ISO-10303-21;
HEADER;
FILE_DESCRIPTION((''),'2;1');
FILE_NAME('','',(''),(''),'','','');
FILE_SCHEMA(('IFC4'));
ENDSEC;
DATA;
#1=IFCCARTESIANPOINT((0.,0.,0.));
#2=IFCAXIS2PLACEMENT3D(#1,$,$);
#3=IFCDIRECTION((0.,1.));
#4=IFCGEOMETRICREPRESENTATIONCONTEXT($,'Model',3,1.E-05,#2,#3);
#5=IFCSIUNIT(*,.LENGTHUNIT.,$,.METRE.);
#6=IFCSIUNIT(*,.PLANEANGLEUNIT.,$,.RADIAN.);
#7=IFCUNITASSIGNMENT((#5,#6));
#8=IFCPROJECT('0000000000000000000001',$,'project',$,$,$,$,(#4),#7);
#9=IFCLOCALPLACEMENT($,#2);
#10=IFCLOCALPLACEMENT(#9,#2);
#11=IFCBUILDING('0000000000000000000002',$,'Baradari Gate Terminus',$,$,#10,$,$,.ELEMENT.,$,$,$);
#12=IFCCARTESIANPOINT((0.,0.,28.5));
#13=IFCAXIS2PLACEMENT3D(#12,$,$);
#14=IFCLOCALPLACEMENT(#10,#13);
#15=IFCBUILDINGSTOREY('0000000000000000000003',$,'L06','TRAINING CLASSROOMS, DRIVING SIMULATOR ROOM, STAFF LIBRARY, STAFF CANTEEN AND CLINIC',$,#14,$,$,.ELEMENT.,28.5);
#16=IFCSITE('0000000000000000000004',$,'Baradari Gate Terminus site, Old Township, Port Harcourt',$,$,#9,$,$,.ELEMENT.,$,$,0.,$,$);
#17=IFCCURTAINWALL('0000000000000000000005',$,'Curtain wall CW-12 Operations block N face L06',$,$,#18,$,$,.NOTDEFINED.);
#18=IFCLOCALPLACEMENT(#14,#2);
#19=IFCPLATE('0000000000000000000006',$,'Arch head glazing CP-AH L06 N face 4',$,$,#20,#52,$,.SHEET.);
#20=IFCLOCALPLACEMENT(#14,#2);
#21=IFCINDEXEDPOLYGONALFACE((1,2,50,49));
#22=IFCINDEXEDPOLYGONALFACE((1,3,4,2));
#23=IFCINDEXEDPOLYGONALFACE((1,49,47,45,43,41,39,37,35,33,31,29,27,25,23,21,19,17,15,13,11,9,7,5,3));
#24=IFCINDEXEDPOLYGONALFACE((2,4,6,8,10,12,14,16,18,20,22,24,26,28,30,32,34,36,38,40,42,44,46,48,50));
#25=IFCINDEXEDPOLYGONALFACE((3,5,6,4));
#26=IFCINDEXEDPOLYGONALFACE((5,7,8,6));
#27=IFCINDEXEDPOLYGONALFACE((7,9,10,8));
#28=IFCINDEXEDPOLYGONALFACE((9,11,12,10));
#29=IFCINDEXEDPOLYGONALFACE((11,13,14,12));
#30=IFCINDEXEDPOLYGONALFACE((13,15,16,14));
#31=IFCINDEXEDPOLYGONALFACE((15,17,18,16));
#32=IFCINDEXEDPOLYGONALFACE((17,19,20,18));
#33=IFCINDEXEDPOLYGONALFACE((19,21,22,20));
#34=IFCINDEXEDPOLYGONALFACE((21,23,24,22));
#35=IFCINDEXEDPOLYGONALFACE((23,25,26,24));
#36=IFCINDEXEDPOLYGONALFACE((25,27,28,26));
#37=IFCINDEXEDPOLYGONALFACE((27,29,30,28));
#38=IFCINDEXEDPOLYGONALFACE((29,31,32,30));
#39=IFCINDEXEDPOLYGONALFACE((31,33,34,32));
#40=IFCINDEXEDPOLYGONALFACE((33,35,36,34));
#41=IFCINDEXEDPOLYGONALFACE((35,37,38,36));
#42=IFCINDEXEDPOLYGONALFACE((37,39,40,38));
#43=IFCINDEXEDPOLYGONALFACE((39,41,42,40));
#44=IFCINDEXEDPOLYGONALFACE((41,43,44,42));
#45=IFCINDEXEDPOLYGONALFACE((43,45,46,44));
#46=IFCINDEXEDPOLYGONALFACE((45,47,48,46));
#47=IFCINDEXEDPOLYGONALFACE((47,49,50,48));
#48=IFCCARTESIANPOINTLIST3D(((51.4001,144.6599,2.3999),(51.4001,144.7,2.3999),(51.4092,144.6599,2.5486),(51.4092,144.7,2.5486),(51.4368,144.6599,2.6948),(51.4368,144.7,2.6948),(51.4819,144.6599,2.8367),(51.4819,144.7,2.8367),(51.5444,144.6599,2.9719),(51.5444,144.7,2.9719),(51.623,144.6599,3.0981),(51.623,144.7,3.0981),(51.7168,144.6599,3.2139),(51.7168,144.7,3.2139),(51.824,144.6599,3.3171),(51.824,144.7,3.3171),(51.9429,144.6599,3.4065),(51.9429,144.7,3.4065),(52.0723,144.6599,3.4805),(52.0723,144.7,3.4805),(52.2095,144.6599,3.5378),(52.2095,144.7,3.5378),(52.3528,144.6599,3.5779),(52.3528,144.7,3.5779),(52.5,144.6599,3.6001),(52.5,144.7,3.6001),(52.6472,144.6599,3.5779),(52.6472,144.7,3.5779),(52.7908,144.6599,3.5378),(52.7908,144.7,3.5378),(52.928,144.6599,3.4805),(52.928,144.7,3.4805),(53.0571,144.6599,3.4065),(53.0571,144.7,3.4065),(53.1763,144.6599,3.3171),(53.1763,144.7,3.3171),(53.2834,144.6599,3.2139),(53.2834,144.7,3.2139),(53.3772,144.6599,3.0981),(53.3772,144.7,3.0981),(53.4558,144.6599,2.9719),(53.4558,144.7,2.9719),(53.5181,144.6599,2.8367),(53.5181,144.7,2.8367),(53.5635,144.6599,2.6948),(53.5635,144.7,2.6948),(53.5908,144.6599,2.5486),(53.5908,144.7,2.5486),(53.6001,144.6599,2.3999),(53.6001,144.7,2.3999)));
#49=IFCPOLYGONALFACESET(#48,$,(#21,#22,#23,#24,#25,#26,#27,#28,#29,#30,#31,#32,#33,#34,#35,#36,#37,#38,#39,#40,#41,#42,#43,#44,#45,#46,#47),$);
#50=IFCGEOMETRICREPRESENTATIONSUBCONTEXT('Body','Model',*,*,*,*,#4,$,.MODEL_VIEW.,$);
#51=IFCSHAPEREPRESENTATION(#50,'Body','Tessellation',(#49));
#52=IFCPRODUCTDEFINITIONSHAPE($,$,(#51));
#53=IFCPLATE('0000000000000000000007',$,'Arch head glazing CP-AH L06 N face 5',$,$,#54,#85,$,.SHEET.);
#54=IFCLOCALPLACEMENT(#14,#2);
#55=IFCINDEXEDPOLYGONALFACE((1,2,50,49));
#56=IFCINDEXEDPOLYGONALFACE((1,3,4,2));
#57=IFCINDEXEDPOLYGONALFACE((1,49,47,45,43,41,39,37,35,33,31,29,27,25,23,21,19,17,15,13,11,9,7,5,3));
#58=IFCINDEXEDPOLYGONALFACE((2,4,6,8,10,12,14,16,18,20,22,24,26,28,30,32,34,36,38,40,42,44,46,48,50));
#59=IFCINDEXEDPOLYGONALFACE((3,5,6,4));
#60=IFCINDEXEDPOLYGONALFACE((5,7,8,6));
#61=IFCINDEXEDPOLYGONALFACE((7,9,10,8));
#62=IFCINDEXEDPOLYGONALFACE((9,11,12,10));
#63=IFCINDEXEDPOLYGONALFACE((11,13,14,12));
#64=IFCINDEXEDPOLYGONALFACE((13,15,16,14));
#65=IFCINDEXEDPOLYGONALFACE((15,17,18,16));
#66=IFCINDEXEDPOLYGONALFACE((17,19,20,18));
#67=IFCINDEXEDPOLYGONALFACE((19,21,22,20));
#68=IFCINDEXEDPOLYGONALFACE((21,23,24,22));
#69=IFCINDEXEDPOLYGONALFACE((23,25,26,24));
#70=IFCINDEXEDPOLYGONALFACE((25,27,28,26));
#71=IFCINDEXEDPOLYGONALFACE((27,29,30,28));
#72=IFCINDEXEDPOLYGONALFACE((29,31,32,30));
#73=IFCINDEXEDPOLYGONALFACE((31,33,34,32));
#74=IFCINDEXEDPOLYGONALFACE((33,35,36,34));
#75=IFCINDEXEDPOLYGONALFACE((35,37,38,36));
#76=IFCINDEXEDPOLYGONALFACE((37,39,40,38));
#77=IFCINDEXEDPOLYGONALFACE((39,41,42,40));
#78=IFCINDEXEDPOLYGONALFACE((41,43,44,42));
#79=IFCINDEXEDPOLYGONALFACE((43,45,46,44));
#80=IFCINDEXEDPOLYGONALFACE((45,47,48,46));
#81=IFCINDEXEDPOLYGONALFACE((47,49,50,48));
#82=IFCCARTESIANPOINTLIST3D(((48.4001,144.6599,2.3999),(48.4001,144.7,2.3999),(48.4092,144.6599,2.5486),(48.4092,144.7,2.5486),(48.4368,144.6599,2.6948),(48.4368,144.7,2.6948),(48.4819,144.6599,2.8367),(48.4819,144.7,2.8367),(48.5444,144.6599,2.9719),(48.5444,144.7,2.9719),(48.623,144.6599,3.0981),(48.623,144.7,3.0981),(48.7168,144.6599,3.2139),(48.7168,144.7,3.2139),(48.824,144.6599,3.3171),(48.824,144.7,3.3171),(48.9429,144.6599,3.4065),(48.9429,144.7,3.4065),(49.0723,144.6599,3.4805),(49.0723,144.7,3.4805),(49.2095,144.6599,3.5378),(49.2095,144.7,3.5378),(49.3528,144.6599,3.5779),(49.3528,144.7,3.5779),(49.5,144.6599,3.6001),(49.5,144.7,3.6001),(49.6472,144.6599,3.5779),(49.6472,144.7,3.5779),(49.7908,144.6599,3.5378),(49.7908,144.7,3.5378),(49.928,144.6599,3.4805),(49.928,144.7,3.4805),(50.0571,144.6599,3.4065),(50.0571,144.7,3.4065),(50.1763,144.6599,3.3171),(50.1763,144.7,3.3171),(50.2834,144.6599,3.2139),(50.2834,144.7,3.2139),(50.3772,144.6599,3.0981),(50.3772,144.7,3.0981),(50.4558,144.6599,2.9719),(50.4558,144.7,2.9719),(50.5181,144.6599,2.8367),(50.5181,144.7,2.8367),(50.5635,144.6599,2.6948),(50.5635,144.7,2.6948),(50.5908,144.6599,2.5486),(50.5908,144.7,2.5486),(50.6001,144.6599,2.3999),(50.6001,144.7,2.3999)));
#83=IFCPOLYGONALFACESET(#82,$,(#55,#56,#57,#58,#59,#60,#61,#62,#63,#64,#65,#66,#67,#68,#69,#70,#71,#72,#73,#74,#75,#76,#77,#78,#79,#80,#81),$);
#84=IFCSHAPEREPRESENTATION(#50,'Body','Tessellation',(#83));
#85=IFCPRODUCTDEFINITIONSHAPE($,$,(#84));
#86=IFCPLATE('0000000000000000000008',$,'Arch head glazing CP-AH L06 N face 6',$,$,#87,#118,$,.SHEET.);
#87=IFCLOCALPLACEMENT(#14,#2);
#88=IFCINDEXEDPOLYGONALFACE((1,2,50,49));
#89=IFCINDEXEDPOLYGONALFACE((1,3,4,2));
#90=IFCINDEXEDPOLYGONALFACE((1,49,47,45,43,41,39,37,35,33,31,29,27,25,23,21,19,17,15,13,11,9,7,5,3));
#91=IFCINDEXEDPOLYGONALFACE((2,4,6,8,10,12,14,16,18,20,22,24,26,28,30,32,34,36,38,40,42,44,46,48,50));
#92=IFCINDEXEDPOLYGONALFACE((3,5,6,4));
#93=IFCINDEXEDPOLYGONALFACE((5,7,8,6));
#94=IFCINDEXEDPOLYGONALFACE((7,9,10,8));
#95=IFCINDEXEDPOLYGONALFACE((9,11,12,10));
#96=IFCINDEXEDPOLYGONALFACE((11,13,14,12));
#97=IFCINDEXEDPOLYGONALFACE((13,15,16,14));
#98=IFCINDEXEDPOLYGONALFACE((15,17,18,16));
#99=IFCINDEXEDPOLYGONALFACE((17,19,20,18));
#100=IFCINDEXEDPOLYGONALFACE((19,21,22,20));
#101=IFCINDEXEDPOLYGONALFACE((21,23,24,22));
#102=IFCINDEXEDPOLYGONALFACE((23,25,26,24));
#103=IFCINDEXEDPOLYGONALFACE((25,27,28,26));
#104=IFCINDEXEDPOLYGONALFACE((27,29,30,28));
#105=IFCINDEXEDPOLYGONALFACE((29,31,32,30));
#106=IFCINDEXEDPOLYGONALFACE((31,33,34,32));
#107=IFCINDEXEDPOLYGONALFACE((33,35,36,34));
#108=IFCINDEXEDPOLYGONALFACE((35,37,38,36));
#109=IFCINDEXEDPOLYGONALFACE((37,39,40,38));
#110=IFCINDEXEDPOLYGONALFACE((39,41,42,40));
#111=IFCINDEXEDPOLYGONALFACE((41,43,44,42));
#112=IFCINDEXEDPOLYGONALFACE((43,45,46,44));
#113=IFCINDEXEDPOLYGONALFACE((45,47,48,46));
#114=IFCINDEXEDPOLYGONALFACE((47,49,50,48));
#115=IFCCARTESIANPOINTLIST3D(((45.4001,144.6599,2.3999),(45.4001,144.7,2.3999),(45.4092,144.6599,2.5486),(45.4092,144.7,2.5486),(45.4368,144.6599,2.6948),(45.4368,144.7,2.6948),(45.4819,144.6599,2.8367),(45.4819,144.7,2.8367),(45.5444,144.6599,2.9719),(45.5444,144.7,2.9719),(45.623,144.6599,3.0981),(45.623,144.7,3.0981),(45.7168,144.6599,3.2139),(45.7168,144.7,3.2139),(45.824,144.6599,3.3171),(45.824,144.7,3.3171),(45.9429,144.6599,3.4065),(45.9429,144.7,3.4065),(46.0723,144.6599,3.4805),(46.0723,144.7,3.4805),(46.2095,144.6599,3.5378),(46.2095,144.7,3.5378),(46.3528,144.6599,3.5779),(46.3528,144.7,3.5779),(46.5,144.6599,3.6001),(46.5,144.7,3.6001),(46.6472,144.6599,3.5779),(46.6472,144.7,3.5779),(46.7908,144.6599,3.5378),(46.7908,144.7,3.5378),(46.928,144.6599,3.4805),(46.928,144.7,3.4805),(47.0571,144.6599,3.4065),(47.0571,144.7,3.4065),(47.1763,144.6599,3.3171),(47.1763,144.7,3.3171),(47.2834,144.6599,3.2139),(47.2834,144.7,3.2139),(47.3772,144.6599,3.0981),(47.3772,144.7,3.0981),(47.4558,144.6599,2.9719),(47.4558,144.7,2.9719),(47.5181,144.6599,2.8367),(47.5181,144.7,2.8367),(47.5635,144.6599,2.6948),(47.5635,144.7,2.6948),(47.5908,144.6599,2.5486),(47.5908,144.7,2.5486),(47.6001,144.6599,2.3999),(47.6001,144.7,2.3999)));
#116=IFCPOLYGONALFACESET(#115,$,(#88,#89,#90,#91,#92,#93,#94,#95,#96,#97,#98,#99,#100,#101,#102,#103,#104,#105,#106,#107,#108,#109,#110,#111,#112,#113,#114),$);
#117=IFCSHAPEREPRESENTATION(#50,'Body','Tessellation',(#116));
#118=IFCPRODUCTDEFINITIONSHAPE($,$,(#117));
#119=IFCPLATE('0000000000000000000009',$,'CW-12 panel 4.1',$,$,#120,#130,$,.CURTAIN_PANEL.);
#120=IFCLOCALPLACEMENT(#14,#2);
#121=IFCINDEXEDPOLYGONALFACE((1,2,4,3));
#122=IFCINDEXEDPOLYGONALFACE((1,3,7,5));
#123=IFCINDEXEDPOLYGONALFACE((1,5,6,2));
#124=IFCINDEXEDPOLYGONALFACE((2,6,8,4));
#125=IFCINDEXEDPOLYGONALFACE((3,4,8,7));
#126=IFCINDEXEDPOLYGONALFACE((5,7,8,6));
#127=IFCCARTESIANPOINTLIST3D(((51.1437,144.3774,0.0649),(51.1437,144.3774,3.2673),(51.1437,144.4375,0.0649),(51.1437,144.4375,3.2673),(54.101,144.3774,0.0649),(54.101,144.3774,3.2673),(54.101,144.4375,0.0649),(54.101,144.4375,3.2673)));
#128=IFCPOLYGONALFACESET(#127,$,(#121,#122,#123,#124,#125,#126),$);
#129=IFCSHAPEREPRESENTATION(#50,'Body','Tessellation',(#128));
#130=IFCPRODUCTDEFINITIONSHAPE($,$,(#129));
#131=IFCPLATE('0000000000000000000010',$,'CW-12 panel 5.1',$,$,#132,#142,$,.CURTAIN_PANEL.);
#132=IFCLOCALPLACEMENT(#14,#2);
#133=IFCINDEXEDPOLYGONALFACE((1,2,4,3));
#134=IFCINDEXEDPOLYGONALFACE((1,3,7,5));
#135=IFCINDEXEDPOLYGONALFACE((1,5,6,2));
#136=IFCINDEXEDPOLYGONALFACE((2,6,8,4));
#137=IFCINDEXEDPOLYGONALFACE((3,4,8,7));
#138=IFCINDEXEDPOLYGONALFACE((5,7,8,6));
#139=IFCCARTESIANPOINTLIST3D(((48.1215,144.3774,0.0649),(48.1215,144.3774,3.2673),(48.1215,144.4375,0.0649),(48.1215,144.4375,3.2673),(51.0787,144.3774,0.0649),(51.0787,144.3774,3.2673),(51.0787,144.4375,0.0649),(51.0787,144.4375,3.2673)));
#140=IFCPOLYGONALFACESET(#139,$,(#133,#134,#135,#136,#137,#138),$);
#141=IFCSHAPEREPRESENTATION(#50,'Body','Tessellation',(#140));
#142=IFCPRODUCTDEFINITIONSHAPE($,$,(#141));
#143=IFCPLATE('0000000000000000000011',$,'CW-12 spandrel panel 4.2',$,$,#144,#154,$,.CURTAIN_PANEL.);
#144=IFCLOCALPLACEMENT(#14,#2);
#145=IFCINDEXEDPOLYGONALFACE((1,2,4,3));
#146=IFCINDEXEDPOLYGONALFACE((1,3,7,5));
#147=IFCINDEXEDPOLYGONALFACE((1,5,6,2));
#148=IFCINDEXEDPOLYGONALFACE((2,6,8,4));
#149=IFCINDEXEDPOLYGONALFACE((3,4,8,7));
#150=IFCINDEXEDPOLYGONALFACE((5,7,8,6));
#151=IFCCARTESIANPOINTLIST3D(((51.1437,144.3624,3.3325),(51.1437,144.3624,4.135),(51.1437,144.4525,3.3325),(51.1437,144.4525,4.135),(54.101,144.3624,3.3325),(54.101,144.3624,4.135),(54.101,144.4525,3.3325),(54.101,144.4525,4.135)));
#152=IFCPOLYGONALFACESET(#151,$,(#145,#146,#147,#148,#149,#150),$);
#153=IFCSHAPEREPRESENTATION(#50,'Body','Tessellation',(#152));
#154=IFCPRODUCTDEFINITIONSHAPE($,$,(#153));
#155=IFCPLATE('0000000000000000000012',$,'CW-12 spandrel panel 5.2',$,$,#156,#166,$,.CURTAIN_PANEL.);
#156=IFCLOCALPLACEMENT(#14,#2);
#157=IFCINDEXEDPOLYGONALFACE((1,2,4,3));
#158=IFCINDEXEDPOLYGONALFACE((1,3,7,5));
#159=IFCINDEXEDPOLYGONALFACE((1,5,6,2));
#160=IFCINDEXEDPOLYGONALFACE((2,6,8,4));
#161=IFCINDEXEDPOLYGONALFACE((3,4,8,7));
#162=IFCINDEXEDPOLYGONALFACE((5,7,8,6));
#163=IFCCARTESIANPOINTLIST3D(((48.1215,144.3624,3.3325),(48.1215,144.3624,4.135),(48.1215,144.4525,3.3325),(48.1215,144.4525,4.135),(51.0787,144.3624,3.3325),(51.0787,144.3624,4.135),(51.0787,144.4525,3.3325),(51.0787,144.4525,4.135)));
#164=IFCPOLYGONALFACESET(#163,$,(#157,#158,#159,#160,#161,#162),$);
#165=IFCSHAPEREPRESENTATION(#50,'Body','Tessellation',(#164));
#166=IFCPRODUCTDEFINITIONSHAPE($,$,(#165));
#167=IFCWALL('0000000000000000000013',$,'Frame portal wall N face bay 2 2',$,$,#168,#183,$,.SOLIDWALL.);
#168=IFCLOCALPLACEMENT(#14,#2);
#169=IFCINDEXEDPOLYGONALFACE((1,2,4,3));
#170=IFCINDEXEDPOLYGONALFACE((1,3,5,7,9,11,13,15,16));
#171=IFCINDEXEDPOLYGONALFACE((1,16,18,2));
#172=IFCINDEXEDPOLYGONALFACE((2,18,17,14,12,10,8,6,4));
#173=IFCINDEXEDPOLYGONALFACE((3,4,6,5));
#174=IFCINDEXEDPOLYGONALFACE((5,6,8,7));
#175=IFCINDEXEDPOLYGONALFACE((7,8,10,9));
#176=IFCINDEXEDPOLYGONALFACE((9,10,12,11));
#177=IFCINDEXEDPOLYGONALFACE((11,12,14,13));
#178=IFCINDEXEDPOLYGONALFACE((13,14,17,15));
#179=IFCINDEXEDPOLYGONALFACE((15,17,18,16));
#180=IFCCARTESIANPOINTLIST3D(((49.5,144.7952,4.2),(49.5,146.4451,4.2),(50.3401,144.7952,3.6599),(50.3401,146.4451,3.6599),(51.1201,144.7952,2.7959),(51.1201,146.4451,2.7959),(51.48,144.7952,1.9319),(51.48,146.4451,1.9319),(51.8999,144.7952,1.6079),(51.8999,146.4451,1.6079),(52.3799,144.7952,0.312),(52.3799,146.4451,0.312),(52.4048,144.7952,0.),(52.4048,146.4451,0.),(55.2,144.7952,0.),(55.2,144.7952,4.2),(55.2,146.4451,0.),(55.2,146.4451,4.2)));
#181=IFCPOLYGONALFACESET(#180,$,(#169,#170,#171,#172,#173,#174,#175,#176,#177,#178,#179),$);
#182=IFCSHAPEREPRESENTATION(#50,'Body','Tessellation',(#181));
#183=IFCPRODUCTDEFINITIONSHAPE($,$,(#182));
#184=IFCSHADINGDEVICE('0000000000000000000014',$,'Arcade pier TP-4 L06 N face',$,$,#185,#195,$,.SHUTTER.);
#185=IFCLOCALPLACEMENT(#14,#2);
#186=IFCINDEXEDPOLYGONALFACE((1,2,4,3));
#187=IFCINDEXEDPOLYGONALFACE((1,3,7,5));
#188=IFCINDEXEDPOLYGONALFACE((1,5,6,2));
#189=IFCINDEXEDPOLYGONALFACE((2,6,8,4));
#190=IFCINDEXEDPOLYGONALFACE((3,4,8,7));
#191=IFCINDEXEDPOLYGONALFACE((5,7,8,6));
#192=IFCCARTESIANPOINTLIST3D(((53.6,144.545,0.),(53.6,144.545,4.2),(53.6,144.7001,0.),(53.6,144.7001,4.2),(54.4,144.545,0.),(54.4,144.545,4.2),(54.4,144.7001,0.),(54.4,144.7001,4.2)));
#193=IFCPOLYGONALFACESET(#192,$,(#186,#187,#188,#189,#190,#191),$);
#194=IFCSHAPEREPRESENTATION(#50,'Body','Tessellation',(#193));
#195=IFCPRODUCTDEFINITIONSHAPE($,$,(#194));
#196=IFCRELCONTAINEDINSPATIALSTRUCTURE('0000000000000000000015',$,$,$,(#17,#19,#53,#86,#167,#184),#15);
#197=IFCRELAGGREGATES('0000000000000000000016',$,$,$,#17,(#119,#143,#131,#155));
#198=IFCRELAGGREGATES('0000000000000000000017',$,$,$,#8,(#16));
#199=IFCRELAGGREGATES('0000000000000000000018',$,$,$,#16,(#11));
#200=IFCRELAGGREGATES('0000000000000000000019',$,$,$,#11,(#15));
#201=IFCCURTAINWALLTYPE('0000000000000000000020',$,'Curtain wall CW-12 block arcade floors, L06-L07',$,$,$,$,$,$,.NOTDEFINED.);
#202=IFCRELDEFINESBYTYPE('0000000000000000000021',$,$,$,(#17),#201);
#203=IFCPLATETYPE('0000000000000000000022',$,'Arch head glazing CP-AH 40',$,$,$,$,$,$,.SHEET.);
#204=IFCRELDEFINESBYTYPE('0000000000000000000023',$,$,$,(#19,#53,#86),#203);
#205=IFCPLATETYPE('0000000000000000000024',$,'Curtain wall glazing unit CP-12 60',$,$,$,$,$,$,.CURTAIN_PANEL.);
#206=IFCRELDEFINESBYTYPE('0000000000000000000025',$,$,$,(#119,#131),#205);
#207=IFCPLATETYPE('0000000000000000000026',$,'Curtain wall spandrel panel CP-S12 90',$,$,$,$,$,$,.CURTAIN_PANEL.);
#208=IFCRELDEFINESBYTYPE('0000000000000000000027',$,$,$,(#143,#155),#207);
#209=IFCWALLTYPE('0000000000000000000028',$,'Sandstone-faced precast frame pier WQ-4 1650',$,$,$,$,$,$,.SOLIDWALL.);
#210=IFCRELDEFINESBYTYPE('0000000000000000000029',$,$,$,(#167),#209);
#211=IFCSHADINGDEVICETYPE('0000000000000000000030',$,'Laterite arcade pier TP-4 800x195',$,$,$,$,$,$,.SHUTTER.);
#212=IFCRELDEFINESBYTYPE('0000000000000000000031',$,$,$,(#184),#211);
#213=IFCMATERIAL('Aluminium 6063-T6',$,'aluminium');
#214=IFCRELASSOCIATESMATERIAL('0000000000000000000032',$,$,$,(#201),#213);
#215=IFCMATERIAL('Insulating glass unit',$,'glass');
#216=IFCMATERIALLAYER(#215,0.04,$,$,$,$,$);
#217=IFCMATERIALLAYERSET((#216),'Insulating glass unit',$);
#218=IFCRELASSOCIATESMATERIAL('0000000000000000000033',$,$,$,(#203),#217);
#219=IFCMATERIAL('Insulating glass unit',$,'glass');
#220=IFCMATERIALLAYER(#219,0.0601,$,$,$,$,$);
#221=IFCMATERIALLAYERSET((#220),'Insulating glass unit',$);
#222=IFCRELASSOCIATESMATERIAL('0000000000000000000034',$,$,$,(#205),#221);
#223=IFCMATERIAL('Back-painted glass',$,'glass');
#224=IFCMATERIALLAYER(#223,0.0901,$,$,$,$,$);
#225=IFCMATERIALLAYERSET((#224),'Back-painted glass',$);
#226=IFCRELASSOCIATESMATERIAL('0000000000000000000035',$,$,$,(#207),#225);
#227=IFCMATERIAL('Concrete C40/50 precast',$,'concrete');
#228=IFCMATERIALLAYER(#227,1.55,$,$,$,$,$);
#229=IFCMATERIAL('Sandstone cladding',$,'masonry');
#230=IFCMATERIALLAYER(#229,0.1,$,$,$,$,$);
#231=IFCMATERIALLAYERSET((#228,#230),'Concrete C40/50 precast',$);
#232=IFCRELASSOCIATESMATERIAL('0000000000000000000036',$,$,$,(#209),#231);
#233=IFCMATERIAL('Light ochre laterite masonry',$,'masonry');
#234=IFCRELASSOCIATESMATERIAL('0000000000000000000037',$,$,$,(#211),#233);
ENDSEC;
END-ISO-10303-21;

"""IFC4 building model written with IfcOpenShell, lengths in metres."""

from ifc_helpers import new_model, si_unit, direction, frame, origin, origin_2d, place, context, subcontext, project, spatial, polyline, rectangle, outline, extrude, material, layer, layer_set, type_object, element, aggregate, save


model = new_model("IFC4")

# Units and contexts
model_context = context("Model", 3, precision=1e-05, world=origin(), true_north=direction((0.0, 1.0)))
body_context = subcontext(model_context, "Body", "Model", "MODEL_VIEW")
ifc_project = project(units=[si_unit("LENGTHUNIT", "METRE"), si_unit("PLANEANGLEUNIT", "RADIAN")], contexts=[model_context])

# Site, building, storey
site_placement = place(None, origin())
site = spatial("IfcSite", under=ifc_project, at=site_placement, Name="Baradari Gate Terminus site, Old Township, Port Harcourt", CompositionType="ELEMENT", RefElevation=0.0)
building_placement = place(site_placement, origin())
building = spatial("IfcBuilding", under=site, at=building_placement, Name="Baradari Gate Terminus", CompositionType="ELEMENT")
storey_placement = place(building_placement, frame((0.0, 0.0, 28.5)))
storey = spatial("IfcBuildingStorey", under=building, at=storey_placement, Name="L06", Description="TRAINING CLASSROOMS, DRIVING SIMULATOR ROOM, STAFF LIBRARY, STAFF CANTEEN AND CLINIC", CompositionType="ELEMENT", Elevation=28.5)

# Curtain wall
ifc_material_1 = material(Name="Aluminium 6063-T6", Category="aluminium")
curtain_wall_type = type_object("IfcCurtainWallType", Name="Curtain wall CW-12 block arcade floors, L06-L07", PredefinedType="NOTDEFINED", material=ifc_material_1)
curtain_wall_placement = place(storey_placement, origin())
curtain_wall = element("IfcCurtainWall", 1, at=curtain_wall_placement, inside=storey, type_object=curtain_wall_type, Name="Curtain wall CW-12 Operations block N face L06", PredefinedType="NOTDEFINED")

# Plates
ifc_material_2 = material(Name="Insulating glass unit", Category="glass")
ifc_layer_1 = layer(ifc_material_2, 0.04)
ifc_layer_set_1 = layer_set([ifc_layer_1], Name="Insulating glass unit")
plate_type_1 = type_object("IfcPlateType", Name="Arch head glazing CP-AH 40", PredefinedType="SHEET", material=ifc_layer_set_1)
for number, where, z_axis, x_axis, name in (
    (2, (53.6001, 144.6799, 2.3999), (0.0, 0.0, 1.0), (-1.0, 0.0, 0.0), "Arch head glazing CP-AH L06 N face 4"),
    (3, (50.6001, 144.6799, 2.3999), (0.0, 0.0, 1.0), (-1.0, 0.0, 0.0), "Arch head glazing CP-AH L06 N face 5"),
    (4, (47.6001, 144.6799, 2.3999), (0.0, 0.0, 1.0), (-1.0, 0.0, 0.0), "Arch head glazing CP-AH L06 N face 6"),
):
    element("IfcPlate", number, at=place(storey_placement, frame(where, z_axis=z_axis, x_axis=x_axis)), inside=storey, type_object=plate_type_1, Name=name, PredefinedType="SHEET", context=body_context, shape_type="SweptSolid", body=[
        extrude(outline(polyline([(0.0, 0.0), (2.2, 0.0), (2.1909, 0.1487), (2.1633, 0.2949), (2.1182, 0.4368), (2.0557, 0.572), (1.9771, 0.6982), (1.8833, 0.814), (1.7761, 0.9172), (1.6572, 1.0066), (1.5278, 1.0806), (1.3906, 1.1379), (1.2473, 1.178), (1.1001, 1.2002), (0.9529, 1.178), (0.8093, 1.1379), (0.6721, 1.0806), (0.543, 1.0066), (0.4238, 0.9172), (0.3167, 0.814), (0.2229, 0.6982), (0.1443, 0.572), (0.082, 0.4368), (0.0366, 0.2949), (0.0093, 0.1487), (0.0, 0.0)])), frame((0.0, 0.02, 0.0), z_axis=(0.0, -1.0, 0.0), x_axis=(1.0, 0.0, 0.0)), (0.0, 0.0, 1.0), 0.04),
    ])

# Plates
ifc_material_3 = material(Name="Insulating glass unit", Category="glass")
ifc_layer_2 = layer(ifc_material_3, 0.0601)
ifc_layer_set_2 = layer_set([ifc_layer_2], Name="Insulating glass unit")
plate_type_2 = type_object("IfcPlateType", Name="Curtain wall glazing unit CP-12 60", PredefinedType="CURTAIN_PANEL", material=ifc_layer_set_2)
plate_1_placement = place(storey_placement, frame((52.6223, 144.4075, 0.0649), z_axis=(0.0, 0.0, 1.0), x_axis=(-1.0, 0.0, 0.0)))
plate_1 = element("IfcPlate", 5, at=plate_1_placement, type_object=plate_type_2, Name="CW-12 panel 4.1", PredefinedType="CURTAIN_PANEL", context=body_context, shape_type="SweptSolid", body=[
    extrude(rectangle(XDim=2.9573, YDim=0.0601, at=origin_2d()), origin(), (0.0, 0.0, 1.0), 3.2024),
])
plate_2_placement = place(storey_placement, frame((49.6001, 144.4075, 0.0649), z_axis=(0.0, 0.0, 1.0), x_axis=(-1.0, 0.0, 0.0)))
plate_2 = element("IfcPlate", 6, at=plate_2_placement, type_object=plate_type_2, Name="CW-12 panel 5.1", PredefinedType="CURTAIN_PANEL", context=body_context, shape_type="SweptSolid", body=[
    extrude(rectangle(XDim=2.9573, YDim=0.0601, at=origin_2d()), origin(), (0.0, 0.0, 1.0), 3.2024),
])
ifc_material_4 = material(Name="Back-painted glass", Category="glass")
ifc_layer_3 = layer(ifc_material_4, 0.0901)
ifc_layer_set_3 = layer_set([ifc_layer_3], Name="Back-painted glass")
plate_type_3 = type_object("IfcPlateType", Name="Curtain wall spandrel panel CP-S12 90", PredefinedType="CURTAIN_PANEL", material=ifc_layer_set_3)
plate_3_placement = place(storey_placement, frame((52.6223, 144.4075, 3.3325), z_axis=(0.0, 0.0, 1.0), x_axis=(-1.0, 0.0, 0.0)))
plate_3 = element("IfcPlate", 7, at=plate_3_placement, type_object=plate_type_3, Name="CW-12 spandrel panel 4.2", PredefinedType="CURTAIN_PANEL", context=body_context, shape_type="SweptSolid", body=[
    extrude(rectangle(XDim=2.9573, YDim=0.0901, at=origin_2d()), origin(), (0.0, 0.0, 1.0), 0.8025),
])
plate_4_placement = place(storey_placement, frame((49.6001, 144.4075, 3.3325), z_axis=(0.0, 0.0, 1.0), x_axis=(-1.0, 0.0, 0.0)))
plate_4 = element("IfcPlate", 8, at=plate_4_placement, type_object=plate_type_3, Name="CW-12 spandrel panel 5.2", PredefinedType="CURTAIN_PANEL", context=body_context, shape_type="SweptSolid", body=[
    extrude(rectangle(XDim=2.9573, YDim=0.0901, at=origin_2d()), origin(), (0.0, 0.0, 1.0), 0.8025),
])
aggregate(curtain_wall, [plate_1, plate_3, plate_2, plate_4])

# Wall
ifc_material_5 = material(Name="Concrete C40/50 precast", Category="concrete")
ifc_layer_4 = layer(ifc_material_5, 1.55)
ifc_material_6 = material(Name="Sandstone cladding", Category="masonry")
ifc_layer_5 = layer(ifc_material_6, 0.1)
ifc_layer_set_4 = layer_set([ifc_layer_4, ifc_layer_5], Name="Concrete C40/50 precast")
wall_type = type_object("IfcWallType", Name="Sandstone-faced precast frame pier WQ-4 1650", PredefinedType="SOLIDWALL", material=ifc_layer_set_4)
wall_placement = place(storey_placement, frame((49.5, 145.6201, 0.0), z_axis=(0.0, 0.0, 1.0), x_axis=(1.0, 0.0, 0.0)))
element("IfcWall", 9, at=wall_placement, inside=storey, type_object=wall_type, Name="Frame portal wall N face bay 2 2", PredefinedType="SOLIDWALL", context=body_context, shape_type="SweptSolid", body=[
    extrude(outline(polyline([(0.0, 4.2), (0.8401, 3.6599), (1.6201, 2.7959), (1.98, 1.9319), (2.3999, 1.6079), (2.8799, 0.312), (2.9048, 0.0), (5.7, 0.0), (5.7, 4.2), (0.0, 4.2)])), frame((0.0, 0.825, 0.0), z_axis=(0.0, -1.0, 0.0), x_axis=(1.0, 0.0, 0.0)), (0.0, 0.0, 1.0), 1.6499),
])

# Shading device
ifc_material_7 = material(Name="Light ochre laterite masonry", Category="masonry")
shading_device_type = type_object("IfcShadingDeviceType", Name="Laterite arcade pier TP-4 800x195", PredefinedType="SHUTTER", material=ifc_material_7)
for number, where, z_axis, x_axis, name in (
    (10, (54.0, 144.6226, 0.0), (0.0, 0.0, 1.0), (-1.0, 0.0, 0.0), "Arcade pier TP-4 L06 N face"),
):
    element("IfcShadingDevice", number, at=place(storey_placement, frame(where, z_axis=z_axis, x_axis=x_axis)), inside=storey, type_object=shading_device_type, Name=name, PredefinedType="SHUTTER", context=body_context, shape_type="SweptSolid", body=[
        extrude(rectangle(XDim=0.8, YDim=0.155, at=origin_2d()), origin(), (0.0, 0.0, 1.0), 4.2),
    ])

save(model, "model.ifc")
